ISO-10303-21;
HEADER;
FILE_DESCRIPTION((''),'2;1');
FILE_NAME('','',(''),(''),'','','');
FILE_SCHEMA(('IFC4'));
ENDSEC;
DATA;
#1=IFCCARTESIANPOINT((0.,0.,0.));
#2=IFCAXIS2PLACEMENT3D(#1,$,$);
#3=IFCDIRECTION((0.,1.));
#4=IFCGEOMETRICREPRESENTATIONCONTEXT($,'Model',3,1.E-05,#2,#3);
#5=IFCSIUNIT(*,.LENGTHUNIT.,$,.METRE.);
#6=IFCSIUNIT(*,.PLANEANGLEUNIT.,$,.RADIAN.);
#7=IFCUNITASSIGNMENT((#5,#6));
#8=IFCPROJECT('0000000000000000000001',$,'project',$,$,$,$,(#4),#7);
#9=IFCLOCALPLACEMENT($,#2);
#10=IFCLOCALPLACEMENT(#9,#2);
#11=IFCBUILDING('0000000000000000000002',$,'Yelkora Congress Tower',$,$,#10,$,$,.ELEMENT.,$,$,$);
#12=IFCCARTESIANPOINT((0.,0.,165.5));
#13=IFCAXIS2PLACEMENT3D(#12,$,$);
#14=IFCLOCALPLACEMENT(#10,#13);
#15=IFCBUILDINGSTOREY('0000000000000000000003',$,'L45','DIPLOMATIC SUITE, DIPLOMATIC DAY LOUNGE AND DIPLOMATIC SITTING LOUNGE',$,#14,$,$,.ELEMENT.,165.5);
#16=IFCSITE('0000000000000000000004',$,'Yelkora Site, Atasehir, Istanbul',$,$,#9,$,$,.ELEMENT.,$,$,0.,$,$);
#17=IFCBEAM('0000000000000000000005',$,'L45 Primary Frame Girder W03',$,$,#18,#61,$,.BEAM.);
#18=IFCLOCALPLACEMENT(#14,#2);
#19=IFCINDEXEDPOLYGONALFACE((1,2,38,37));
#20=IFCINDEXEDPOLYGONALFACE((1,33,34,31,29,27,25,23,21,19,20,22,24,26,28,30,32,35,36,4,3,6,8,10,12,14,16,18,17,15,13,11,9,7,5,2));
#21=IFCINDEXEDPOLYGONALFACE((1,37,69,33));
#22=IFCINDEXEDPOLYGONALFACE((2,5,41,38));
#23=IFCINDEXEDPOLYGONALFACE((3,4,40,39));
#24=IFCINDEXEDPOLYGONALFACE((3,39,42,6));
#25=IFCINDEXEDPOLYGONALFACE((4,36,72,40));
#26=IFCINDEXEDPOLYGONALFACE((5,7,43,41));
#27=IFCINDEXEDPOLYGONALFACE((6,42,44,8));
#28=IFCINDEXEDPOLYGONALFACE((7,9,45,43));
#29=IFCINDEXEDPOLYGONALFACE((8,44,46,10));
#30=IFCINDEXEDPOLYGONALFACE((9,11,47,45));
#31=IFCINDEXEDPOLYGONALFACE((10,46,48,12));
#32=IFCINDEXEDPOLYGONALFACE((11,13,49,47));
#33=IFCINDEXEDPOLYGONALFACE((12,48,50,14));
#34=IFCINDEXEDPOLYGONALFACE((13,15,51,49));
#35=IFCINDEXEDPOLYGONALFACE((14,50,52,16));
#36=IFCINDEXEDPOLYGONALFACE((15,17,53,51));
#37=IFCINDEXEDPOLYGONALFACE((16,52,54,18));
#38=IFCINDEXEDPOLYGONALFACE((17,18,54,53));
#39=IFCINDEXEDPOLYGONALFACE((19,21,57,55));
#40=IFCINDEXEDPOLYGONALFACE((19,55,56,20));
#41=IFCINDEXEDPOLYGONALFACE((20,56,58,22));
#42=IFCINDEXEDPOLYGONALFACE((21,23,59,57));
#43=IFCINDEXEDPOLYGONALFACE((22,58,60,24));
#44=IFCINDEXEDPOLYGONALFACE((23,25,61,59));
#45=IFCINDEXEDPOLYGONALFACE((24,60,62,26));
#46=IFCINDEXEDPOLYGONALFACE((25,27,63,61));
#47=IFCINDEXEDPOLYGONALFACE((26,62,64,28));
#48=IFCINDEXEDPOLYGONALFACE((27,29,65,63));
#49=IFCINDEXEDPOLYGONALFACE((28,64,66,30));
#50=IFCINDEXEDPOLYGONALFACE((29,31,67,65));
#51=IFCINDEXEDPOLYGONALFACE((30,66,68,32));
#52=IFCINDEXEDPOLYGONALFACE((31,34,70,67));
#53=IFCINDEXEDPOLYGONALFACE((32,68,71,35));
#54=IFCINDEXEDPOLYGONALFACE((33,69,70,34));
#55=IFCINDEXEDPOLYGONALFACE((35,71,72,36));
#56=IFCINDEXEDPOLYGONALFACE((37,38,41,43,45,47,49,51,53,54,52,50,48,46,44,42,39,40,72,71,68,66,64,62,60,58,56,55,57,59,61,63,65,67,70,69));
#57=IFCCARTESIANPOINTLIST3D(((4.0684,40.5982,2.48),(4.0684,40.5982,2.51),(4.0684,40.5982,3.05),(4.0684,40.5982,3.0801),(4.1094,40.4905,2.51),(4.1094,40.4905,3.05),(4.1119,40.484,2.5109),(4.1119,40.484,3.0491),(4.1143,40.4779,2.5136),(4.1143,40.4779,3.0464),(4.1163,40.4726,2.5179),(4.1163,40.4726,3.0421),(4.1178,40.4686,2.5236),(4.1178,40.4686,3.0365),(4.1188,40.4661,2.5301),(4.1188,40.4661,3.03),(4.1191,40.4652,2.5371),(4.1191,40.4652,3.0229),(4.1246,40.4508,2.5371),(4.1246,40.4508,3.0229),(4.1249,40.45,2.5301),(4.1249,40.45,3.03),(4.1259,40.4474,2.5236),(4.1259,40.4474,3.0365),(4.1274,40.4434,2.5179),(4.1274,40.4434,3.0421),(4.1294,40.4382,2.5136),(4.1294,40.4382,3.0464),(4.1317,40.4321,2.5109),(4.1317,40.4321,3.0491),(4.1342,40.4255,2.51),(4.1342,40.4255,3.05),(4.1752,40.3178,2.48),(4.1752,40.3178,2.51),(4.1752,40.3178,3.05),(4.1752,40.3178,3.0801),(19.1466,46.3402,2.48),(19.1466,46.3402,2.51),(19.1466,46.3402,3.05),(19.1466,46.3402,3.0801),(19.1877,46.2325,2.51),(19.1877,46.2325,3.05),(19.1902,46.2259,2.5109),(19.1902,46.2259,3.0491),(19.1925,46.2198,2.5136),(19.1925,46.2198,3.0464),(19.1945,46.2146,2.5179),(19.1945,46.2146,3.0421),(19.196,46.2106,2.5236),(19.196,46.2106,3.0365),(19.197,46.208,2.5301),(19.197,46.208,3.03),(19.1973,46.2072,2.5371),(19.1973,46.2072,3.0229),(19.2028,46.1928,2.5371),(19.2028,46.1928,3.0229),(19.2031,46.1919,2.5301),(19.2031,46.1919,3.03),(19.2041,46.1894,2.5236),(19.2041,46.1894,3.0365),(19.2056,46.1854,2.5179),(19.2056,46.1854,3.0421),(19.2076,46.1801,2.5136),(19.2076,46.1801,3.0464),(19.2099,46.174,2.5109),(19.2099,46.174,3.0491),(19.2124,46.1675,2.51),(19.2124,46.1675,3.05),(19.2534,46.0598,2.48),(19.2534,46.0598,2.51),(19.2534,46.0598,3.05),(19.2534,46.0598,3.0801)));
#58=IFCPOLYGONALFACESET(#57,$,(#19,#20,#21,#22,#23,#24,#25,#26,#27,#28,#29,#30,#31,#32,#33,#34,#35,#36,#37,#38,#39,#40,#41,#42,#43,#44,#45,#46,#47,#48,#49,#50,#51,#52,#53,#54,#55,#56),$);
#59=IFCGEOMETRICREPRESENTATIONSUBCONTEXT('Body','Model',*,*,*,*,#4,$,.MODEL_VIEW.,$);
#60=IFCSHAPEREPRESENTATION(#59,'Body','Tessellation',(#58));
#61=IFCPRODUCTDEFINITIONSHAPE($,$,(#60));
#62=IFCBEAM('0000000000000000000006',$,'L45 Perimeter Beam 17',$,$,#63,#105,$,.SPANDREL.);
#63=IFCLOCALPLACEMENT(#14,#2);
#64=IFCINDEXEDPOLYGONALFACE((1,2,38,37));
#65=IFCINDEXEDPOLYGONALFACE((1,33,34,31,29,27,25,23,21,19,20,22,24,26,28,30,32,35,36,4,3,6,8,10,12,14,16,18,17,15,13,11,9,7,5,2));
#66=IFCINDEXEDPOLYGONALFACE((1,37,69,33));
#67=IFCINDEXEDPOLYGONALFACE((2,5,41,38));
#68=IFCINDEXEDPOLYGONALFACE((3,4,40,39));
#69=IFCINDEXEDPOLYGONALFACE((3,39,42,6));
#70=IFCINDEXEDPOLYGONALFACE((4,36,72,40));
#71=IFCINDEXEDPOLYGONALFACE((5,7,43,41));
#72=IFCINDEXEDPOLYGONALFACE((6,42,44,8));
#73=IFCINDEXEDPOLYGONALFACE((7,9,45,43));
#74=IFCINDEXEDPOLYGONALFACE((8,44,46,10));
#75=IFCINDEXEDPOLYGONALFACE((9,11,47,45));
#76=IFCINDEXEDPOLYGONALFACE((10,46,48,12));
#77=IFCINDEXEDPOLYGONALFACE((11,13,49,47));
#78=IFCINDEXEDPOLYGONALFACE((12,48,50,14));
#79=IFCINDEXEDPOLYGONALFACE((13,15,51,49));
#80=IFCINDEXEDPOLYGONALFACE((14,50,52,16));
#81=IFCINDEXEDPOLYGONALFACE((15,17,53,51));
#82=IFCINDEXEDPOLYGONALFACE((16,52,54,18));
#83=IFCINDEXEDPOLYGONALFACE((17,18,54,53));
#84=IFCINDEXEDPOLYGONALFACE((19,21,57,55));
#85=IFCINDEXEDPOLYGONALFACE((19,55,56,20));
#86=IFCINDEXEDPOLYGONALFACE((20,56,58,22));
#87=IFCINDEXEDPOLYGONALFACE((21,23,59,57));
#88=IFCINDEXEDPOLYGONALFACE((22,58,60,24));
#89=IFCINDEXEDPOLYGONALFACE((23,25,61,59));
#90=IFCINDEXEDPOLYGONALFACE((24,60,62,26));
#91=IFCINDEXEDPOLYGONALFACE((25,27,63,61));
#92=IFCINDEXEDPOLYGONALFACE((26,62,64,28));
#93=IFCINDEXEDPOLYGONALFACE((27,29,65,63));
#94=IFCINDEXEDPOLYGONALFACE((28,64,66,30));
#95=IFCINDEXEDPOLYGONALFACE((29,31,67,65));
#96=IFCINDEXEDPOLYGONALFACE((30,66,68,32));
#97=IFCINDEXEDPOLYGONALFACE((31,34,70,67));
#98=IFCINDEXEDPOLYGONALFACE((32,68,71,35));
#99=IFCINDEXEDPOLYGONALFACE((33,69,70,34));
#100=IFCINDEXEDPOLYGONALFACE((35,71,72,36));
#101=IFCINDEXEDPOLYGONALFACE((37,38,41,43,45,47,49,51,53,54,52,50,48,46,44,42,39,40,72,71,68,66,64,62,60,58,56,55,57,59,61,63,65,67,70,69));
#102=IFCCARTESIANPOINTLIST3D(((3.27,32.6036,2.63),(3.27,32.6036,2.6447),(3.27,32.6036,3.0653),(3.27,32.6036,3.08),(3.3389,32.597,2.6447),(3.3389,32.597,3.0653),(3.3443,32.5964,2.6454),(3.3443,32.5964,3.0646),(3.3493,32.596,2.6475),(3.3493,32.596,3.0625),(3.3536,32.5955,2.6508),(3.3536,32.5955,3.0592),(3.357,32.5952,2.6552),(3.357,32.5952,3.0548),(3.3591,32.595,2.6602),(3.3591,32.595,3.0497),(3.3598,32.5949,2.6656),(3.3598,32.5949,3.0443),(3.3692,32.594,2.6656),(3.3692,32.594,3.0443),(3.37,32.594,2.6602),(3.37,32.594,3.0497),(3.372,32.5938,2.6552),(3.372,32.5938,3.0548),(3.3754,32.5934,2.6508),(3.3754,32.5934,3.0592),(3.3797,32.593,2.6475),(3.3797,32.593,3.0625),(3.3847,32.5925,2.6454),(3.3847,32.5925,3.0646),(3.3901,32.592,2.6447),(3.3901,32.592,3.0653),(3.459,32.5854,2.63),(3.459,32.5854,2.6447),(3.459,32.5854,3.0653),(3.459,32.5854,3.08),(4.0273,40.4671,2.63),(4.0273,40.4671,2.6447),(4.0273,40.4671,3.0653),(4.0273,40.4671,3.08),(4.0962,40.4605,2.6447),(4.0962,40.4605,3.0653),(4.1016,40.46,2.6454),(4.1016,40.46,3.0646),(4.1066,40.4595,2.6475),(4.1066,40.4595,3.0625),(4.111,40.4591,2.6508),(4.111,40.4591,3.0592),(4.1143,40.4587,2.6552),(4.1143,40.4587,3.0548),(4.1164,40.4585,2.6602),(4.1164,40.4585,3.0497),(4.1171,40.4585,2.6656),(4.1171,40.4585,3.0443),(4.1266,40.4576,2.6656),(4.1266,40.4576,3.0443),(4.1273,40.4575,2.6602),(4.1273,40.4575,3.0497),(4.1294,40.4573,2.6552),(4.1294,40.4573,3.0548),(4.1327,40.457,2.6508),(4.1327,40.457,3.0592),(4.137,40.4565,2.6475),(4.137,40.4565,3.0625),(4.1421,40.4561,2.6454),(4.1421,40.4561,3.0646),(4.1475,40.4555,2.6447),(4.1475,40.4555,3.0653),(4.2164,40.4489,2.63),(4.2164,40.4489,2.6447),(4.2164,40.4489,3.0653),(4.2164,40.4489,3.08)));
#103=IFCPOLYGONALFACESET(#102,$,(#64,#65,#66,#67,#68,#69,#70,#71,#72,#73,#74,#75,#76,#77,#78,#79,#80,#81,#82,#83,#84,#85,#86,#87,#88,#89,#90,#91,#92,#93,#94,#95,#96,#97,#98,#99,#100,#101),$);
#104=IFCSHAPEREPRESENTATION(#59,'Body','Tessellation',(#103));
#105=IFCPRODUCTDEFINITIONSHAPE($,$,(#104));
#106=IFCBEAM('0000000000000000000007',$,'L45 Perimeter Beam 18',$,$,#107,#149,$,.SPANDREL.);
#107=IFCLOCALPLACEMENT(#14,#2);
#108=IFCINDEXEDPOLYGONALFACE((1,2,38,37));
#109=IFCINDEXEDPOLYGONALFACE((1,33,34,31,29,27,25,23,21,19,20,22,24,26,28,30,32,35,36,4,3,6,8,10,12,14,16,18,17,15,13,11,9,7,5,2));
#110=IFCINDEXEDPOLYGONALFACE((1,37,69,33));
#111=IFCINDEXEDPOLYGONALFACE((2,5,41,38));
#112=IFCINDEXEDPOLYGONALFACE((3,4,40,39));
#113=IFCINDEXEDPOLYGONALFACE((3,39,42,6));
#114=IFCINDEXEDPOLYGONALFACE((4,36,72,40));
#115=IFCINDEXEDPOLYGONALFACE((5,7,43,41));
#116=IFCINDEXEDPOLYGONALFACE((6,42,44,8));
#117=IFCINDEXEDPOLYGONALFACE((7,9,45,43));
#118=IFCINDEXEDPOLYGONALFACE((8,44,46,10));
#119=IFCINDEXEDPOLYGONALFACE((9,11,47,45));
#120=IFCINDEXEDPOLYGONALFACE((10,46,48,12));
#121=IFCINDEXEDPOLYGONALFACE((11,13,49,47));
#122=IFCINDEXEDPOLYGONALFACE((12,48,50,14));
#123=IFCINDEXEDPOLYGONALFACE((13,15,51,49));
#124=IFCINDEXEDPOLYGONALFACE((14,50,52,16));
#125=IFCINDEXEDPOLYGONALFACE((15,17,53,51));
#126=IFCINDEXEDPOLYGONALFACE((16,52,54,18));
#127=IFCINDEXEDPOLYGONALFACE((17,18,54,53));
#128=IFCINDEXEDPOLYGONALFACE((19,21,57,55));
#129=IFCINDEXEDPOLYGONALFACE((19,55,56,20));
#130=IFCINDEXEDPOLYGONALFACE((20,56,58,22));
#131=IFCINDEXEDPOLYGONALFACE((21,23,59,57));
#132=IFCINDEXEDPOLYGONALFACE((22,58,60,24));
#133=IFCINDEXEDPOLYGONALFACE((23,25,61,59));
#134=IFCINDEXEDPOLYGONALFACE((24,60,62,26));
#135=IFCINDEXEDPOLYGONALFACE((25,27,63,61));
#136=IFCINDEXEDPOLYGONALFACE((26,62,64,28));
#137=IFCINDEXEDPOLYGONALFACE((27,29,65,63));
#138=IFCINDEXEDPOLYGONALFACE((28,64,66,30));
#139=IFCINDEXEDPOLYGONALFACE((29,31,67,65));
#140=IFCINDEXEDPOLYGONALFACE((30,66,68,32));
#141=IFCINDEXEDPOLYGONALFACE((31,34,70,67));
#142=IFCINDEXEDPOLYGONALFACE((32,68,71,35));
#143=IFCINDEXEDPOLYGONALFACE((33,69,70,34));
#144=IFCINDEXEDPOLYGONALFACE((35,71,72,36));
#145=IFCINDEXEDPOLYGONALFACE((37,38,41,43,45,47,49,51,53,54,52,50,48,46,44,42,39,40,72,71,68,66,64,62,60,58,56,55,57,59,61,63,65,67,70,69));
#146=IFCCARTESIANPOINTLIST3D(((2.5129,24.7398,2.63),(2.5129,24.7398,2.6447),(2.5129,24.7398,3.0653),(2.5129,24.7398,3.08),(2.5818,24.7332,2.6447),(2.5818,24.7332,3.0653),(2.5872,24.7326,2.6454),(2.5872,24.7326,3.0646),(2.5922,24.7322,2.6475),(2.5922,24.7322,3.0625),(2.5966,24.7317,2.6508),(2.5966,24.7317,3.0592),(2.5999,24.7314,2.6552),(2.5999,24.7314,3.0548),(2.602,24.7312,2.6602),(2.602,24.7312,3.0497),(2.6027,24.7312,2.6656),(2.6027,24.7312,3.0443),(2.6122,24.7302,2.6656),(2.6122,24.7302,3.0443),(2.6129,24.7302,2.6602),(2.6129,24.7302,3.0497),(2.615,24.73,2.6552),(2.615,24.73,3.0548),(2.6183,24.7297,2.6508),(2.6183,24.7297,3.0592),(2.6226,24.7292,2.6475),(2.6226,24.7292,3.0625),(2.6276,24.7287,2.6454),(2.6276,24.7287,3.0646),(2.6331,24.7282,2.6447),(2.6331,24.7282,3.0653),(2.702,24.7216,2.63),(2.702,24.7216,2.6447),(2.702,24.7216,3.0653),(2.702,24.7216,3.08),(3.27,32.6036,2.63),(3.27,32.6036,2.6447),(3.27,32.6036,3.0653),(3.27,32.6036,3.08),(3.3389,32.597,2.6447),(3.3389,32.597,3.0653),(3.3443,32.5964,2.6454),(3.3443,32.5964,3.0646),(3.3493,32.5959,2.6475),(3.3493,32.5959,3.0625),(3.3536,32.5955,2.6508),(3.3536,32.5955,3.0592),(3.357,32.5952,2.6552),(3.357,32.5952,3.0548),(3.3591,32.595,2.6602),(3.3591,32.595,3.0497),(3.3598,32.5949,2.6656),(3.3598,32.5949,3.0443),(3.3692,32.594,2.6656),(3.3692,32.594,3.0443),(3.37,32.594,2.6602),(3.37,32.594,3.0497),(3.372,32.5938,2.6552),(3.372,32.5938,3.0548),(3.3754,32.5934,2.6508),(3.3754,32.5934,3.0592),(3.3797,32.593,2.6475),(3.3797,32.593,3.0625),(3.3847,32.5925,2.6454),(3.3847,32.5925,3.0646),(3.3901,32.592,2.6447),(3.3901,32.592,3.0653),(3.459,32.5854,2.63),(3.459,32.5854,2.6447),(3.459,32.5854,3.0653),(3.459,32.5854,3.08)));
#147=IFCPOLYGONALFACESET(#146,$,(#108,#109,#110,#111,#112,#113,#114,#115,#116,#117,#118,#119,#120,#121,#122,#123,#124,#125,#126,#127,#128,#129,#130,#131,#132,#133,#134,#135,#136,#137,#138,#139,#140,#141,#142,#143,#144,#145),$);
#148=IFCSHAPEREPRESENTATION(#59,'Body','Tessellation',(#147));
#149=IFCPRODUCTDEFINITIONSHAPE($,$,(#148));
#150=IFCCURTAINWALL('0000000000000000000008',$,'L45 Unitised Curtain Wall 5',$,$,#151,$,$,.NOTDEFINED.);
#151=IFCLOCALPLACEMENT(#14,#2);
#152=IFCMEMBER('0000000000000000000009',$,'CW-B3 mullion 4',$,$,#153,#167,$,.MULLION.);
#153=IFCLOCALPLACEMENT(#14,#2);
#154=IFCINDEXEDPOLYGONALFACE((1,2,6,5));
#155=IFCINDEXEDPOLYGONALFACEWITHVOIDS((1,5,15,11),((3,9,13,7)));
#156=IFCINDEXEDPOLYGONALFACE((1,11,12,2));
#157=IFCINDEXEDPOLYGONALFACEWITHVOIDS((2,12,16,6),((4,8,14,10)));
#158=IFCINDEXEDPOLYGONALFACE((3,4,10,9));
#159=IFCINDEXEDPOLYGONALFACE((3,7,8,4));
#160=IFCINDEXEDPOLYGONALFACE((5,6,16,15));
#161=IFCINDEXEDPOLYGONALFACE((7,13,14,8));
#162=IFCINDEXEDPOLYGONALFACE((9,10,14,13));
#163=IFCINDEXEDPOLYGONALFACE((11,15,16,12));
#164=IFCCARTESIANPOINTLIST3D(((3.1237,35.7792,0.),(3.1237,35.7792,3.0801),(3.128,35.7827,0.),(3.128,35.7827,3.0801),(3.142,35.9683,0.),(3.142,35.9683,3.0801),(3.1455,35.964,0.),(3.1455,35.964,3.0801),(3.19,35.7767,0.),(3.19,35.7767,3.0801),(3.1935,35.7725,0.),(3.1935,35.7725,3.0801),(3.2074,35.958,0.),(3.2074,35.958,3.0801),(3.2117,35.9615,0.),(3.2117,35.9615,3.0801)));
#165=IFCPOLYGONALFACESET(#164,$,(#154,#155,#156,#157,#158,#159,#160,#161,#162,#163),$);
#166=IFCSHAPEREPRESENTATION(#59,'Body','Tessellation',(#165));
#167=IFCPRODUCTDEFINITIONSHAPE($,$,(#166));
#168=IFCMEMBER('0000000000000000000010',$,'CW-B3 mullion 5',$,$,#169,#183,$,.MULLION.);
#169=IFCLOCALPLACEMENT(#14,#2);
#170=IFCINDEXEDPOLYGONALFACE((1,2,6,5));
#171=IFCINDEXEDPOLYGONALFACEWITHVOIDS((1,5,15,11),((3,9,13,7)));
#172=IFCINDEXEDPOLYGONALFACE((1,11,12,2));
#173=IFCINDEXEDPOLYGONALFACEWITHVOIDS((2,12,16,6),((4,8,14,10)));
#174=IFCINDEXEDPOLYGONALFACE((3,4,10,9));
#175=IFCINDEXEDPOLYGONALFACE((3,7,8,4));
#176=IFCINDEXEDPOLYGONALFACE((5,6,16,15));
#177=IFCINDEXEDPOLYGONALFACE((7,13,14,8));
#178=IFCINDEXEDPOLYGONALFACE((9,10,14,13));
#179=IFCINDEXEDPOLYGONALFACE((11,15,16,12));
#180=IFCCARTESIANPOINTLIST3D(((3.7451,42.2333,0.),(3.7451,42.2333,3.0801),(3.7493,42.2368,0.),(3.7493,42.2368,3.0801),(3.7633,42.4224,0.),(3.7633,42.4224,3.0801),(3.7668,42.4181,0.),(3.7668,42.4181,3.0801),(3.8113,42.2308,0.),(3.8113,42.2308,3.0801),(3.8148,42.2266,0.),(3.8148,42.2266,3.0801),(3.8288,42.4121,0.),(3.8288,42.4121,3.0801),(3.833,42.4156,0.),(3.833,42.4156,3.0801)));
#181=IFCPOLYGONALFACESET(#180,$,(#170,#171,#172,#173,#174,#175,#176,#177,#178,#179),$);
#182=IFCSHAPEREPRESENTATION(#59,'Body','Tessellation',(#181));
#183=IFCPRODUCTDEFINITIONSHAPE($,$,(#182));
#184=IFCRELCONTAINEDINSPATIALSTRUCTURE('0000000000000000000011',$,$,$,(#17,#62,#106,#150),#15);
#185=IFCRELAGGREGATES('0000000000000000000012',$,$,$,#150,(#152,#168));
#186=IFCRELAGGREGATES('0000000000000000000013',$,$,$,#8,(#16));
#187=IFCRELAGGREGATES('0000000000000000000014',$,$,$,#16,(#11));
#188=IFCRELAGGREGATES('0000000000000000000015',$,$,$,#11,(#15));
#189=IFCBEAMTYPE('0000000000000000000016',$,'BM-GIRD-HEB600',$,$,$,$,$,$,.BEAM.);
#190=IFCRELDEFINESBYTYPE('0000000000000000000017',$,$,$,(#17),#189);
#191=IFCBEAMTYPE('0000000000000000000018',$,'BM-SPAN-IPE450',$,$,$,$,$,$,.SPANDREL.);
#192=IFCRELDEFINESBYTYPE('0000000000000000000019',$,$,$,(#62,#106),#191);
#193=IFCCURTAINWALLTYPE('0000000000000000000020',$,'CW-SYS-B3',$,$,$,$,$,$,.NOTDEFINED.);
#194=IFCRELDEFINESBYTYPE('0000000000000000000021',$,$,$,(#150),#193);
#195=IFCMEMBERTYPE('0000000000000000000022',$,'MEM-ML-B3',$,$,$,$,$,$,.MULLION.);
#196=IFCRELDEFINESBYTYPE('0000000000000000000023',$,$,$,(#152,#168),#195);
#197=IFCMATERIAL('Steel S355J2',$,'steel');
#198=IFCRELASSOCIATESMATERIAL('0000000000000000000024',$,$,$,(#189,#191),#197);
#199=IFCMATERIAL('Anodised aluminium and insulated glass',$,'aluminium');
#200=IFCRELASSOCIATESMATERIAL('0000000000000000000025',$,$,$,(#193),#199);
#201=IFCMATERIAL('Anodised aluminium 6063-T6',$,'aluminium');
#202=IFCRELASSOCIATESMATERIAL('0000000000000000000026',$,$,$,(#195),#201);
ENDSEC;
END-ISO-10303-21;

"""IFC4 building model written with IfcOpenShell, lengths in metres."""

from ifc_helpers import new_model, si_unit, direction, frame, origin, origin_2d, place, context, subcontext, project, spatial, hollow_rectangle, i_section, extrude, material, material_profile, profile_set, type_object, element, aggregate, save


model = new_model("IFC4")

# Units and contexts
model_context = context("Model", 3, precision=1e-05, world=origin(), true_north=direction((0.0, 1.0)))
body_context = subcontext(model_context, "Body", "Model", "MODEL_VIEW")
ifc_project = project(units=[si_unit("LENGTHUNIT", "METRE"), si_unit("PLANEANGLEUNIT", "RADIAN")], contexts=[model_context])

# Site, building, storey
site_placement = place(None, origin())
site = spatial("IfcSite", under=ifc_project, at=site_placement, Name="Yelkora Site, Atasehir, Istanbul", CompositionType="ELEMENT", RefElevation=0.0)
building_placement = place(site_placement, origin())
building = spatial("IfcBuilding", under=site, at=building_placement, Name="Yelkora Congress Tower", CompositionType="ELEMENT")
storey_placement = place(building_placement, frame((0.0, 0.0, 165.5)))
storey = spatial("IfcBuildingStorey", under=building, at=storey_placement, Name="L45", Description="DIPLOMATIC SUITE, DIPLOMATIC DAY LOUNGE AND DIPLOMATIC SITTING LOUNGE", CompositionType="ELEMENT", Elevation=165.5)

# Beams
ifc_material_1 = material(Name="Steel S355J2", Category="steel")
ifc_material_profile_1 = material_profile(ifc_material_1, i_section(OverallWidth=0.3, OverallDepth=0.6001, WebThickness=0.0154, FlangeThickness=0.03, FilletRadius=0.0271, at=origin_2d()), Name="HEB 600")
ifc_profile_set_1 = profile_set([ifc_material_profile_1], Name="Steel S355J2")
beam_type_1 = type_object("IfcBeamType", Name="BM-GIRD-HEB600", PredefinedType="BEAM", material=ifc_profile_set_1)
beam_1_placement = place(storey_placement, frame((4.1218, 40.458, 2.78), z_axis=(0.934531, 0.355881, 0.0), x_axis=(-0.355881, 0.934531, 0.0)))
element("IfcBeam", 1, at=beam_1_placement, inside=storey, type_object=beam_type_1, Name="L45 Primary Frame Girder W03", PredefinedType="BEAM", context=body_context, shape_type="SweptSolid", body=[
    extrude(i_section(OverallWidth=0.3, OverallDepth=0.6001, WebThickness=0.0154, FlangeThickness=0.03, FilletRadius=0.0271, at=origin_2d()), origin(), (0.0, 0.0, 1.0), 16.1345),
])
ifc_material_profile_2 = material_profile(ifc_material_1, i_section(OverallWidth=0.1899, OverallDepth=0.45, WebThickness=0.0095, FlangeThickness=0.0146, FilletRadius=0.021, at=origin_2d()), Name="IPE 450")
ifc_profile_set_2 = profile_set([ifc_material_profile_2], Name="Steel S355J2")
beam_type_2 = type_object("IfcBeamType", Name="BM-SPAN-IPE450", PredefinedType="SPANDREL", material=ifc_profile_set_2)
beam_2_placement = place(storey_placement, frame((4.1218, 40.458, 2.855), z_axis=(-0.095865, -0.995394, 0.0), x_axis=(0.995394, -0.095865, 0.0)))
element("IfcBeam", 2, at=beam_2_placement, inside=storey, type_object=beam_type_2, Name="L45 Perimeter Beam 17", PredefinedType="SPANDREL", context=body_context, shape_type="SweptSolid", body=[
    extrude(i_section(OverallWidth=0.1899, OverallDepth=0.45, WebThickness=0.0095, FlangeThickness=0.0146, FilletRadius=0.021, at=origin_2d()), origin(), (0.0, 0.0, 1.0), 7.8999),
])
beam_3_placement = place(storey_placement, frame((3.3645, 32.5945, 2.855), z_axis=(-0.095831, -0.995398, 0.0), x_axis=(0.995398, -0.095831, 0.0)))
element("IfcBeam", 3, at=beam_3_placement, inside=storey, type_object=beam_type_2, Name="L45 Perimeter Beam 18", PredefinedType="SPANDREL", context=body_context, shape_type="SweptSolid", body=[
    extrude(i_section(OverallWidth=0.1899, OverallDepth=0.45, WebThickness=0.0095, FlangeThickness=0.0146, FilletRadius=0.021, at=origin_2d()), origin(), (0.0, 0.0, 1.0), 7.9001),
])

# Curtain wall, members
ifc_material_2 = material(Name="Anodised aluminium and insulated glass", Category="aluminium")
curtain_wall_type = type_object("IfcCurtainWallType", Name="CW-SYS-B3", PredefinedType="NOTDEFINED", material=ifc_material_2)
curtain_wall_placement = place(storey_placement, origin())
curtain_wall = element("IfcCurtainWall", 4, at=curtain_wall_placement, inside=storey, type_object=curtain_wall_type, Name="L45 Unitised Curtain Wall 5", PredefinedType="NOTDEFINED")
ifc_material_3 = material(Name="Anodised aluminium 6063-T6", Category="aluminium")
ifc_material_profile_3 = material_profile(ifc_material_3, hollow_rectangle(XDim=0.0701, YDim=0.1899, WallThickness=0.0039, at=origin_2d()), Name="ALU 70x190x4")
ifc_profile_set_3 = profile_set([ifc_material_profile_3], Name="Anodised aluminium 6063-T6")
member_type_1 = type_object("IfcMemberType", Name="MEM-ML-B3", PredefinedType="MULLION", material=ifc_profile_set_3)
member_1_placement = place(storey_placement, frame((3.1677, 35.8704, 0.0), z_axis=(0.0, 0.0, 1.0), x_axis=(-0.995396, 0.095845, 0.0)))
member_1 = element("IfcMember", 5, at=member_1_placement, type_object=member_type_1, Name="CW-B3 mullion 4", PredefinedType="MULLION", context=body_context, shape_type="SweptSolid", body=[
    extrude(hollow_rectangle(XDim=0.0701, YDim=0.1899, WallThickness=0.0039, at=origin_2d()), origin(), (0.0, 0.0, 1.0), 3.0801),
])
member_2_placement = place(storey_placement, frame((3.7891, 42.3245, 0.0), z_axis=(0.0, 0.0, 1.0), x_axis=(-0.995396, 0.095845, 0.0)))
member_2 = element("IfcMember", 6, at=member_2_placement, type_object=member_type_1, Name="CW-B3 mullion 5", PredefinedType="MULLION", context=body_context, shape_type="SweptSolid", body=[
    extrude(hollow_rectangle(XDim=0.0701, YDim=0.1899, WallThickness=0.0039, at=origin_2d()), origin(), (0.0, 0.0, 1.0), 3.0801),
])
aggregate(curtain_wall, [member_1, member_2])

save(model, "model.ifc")
